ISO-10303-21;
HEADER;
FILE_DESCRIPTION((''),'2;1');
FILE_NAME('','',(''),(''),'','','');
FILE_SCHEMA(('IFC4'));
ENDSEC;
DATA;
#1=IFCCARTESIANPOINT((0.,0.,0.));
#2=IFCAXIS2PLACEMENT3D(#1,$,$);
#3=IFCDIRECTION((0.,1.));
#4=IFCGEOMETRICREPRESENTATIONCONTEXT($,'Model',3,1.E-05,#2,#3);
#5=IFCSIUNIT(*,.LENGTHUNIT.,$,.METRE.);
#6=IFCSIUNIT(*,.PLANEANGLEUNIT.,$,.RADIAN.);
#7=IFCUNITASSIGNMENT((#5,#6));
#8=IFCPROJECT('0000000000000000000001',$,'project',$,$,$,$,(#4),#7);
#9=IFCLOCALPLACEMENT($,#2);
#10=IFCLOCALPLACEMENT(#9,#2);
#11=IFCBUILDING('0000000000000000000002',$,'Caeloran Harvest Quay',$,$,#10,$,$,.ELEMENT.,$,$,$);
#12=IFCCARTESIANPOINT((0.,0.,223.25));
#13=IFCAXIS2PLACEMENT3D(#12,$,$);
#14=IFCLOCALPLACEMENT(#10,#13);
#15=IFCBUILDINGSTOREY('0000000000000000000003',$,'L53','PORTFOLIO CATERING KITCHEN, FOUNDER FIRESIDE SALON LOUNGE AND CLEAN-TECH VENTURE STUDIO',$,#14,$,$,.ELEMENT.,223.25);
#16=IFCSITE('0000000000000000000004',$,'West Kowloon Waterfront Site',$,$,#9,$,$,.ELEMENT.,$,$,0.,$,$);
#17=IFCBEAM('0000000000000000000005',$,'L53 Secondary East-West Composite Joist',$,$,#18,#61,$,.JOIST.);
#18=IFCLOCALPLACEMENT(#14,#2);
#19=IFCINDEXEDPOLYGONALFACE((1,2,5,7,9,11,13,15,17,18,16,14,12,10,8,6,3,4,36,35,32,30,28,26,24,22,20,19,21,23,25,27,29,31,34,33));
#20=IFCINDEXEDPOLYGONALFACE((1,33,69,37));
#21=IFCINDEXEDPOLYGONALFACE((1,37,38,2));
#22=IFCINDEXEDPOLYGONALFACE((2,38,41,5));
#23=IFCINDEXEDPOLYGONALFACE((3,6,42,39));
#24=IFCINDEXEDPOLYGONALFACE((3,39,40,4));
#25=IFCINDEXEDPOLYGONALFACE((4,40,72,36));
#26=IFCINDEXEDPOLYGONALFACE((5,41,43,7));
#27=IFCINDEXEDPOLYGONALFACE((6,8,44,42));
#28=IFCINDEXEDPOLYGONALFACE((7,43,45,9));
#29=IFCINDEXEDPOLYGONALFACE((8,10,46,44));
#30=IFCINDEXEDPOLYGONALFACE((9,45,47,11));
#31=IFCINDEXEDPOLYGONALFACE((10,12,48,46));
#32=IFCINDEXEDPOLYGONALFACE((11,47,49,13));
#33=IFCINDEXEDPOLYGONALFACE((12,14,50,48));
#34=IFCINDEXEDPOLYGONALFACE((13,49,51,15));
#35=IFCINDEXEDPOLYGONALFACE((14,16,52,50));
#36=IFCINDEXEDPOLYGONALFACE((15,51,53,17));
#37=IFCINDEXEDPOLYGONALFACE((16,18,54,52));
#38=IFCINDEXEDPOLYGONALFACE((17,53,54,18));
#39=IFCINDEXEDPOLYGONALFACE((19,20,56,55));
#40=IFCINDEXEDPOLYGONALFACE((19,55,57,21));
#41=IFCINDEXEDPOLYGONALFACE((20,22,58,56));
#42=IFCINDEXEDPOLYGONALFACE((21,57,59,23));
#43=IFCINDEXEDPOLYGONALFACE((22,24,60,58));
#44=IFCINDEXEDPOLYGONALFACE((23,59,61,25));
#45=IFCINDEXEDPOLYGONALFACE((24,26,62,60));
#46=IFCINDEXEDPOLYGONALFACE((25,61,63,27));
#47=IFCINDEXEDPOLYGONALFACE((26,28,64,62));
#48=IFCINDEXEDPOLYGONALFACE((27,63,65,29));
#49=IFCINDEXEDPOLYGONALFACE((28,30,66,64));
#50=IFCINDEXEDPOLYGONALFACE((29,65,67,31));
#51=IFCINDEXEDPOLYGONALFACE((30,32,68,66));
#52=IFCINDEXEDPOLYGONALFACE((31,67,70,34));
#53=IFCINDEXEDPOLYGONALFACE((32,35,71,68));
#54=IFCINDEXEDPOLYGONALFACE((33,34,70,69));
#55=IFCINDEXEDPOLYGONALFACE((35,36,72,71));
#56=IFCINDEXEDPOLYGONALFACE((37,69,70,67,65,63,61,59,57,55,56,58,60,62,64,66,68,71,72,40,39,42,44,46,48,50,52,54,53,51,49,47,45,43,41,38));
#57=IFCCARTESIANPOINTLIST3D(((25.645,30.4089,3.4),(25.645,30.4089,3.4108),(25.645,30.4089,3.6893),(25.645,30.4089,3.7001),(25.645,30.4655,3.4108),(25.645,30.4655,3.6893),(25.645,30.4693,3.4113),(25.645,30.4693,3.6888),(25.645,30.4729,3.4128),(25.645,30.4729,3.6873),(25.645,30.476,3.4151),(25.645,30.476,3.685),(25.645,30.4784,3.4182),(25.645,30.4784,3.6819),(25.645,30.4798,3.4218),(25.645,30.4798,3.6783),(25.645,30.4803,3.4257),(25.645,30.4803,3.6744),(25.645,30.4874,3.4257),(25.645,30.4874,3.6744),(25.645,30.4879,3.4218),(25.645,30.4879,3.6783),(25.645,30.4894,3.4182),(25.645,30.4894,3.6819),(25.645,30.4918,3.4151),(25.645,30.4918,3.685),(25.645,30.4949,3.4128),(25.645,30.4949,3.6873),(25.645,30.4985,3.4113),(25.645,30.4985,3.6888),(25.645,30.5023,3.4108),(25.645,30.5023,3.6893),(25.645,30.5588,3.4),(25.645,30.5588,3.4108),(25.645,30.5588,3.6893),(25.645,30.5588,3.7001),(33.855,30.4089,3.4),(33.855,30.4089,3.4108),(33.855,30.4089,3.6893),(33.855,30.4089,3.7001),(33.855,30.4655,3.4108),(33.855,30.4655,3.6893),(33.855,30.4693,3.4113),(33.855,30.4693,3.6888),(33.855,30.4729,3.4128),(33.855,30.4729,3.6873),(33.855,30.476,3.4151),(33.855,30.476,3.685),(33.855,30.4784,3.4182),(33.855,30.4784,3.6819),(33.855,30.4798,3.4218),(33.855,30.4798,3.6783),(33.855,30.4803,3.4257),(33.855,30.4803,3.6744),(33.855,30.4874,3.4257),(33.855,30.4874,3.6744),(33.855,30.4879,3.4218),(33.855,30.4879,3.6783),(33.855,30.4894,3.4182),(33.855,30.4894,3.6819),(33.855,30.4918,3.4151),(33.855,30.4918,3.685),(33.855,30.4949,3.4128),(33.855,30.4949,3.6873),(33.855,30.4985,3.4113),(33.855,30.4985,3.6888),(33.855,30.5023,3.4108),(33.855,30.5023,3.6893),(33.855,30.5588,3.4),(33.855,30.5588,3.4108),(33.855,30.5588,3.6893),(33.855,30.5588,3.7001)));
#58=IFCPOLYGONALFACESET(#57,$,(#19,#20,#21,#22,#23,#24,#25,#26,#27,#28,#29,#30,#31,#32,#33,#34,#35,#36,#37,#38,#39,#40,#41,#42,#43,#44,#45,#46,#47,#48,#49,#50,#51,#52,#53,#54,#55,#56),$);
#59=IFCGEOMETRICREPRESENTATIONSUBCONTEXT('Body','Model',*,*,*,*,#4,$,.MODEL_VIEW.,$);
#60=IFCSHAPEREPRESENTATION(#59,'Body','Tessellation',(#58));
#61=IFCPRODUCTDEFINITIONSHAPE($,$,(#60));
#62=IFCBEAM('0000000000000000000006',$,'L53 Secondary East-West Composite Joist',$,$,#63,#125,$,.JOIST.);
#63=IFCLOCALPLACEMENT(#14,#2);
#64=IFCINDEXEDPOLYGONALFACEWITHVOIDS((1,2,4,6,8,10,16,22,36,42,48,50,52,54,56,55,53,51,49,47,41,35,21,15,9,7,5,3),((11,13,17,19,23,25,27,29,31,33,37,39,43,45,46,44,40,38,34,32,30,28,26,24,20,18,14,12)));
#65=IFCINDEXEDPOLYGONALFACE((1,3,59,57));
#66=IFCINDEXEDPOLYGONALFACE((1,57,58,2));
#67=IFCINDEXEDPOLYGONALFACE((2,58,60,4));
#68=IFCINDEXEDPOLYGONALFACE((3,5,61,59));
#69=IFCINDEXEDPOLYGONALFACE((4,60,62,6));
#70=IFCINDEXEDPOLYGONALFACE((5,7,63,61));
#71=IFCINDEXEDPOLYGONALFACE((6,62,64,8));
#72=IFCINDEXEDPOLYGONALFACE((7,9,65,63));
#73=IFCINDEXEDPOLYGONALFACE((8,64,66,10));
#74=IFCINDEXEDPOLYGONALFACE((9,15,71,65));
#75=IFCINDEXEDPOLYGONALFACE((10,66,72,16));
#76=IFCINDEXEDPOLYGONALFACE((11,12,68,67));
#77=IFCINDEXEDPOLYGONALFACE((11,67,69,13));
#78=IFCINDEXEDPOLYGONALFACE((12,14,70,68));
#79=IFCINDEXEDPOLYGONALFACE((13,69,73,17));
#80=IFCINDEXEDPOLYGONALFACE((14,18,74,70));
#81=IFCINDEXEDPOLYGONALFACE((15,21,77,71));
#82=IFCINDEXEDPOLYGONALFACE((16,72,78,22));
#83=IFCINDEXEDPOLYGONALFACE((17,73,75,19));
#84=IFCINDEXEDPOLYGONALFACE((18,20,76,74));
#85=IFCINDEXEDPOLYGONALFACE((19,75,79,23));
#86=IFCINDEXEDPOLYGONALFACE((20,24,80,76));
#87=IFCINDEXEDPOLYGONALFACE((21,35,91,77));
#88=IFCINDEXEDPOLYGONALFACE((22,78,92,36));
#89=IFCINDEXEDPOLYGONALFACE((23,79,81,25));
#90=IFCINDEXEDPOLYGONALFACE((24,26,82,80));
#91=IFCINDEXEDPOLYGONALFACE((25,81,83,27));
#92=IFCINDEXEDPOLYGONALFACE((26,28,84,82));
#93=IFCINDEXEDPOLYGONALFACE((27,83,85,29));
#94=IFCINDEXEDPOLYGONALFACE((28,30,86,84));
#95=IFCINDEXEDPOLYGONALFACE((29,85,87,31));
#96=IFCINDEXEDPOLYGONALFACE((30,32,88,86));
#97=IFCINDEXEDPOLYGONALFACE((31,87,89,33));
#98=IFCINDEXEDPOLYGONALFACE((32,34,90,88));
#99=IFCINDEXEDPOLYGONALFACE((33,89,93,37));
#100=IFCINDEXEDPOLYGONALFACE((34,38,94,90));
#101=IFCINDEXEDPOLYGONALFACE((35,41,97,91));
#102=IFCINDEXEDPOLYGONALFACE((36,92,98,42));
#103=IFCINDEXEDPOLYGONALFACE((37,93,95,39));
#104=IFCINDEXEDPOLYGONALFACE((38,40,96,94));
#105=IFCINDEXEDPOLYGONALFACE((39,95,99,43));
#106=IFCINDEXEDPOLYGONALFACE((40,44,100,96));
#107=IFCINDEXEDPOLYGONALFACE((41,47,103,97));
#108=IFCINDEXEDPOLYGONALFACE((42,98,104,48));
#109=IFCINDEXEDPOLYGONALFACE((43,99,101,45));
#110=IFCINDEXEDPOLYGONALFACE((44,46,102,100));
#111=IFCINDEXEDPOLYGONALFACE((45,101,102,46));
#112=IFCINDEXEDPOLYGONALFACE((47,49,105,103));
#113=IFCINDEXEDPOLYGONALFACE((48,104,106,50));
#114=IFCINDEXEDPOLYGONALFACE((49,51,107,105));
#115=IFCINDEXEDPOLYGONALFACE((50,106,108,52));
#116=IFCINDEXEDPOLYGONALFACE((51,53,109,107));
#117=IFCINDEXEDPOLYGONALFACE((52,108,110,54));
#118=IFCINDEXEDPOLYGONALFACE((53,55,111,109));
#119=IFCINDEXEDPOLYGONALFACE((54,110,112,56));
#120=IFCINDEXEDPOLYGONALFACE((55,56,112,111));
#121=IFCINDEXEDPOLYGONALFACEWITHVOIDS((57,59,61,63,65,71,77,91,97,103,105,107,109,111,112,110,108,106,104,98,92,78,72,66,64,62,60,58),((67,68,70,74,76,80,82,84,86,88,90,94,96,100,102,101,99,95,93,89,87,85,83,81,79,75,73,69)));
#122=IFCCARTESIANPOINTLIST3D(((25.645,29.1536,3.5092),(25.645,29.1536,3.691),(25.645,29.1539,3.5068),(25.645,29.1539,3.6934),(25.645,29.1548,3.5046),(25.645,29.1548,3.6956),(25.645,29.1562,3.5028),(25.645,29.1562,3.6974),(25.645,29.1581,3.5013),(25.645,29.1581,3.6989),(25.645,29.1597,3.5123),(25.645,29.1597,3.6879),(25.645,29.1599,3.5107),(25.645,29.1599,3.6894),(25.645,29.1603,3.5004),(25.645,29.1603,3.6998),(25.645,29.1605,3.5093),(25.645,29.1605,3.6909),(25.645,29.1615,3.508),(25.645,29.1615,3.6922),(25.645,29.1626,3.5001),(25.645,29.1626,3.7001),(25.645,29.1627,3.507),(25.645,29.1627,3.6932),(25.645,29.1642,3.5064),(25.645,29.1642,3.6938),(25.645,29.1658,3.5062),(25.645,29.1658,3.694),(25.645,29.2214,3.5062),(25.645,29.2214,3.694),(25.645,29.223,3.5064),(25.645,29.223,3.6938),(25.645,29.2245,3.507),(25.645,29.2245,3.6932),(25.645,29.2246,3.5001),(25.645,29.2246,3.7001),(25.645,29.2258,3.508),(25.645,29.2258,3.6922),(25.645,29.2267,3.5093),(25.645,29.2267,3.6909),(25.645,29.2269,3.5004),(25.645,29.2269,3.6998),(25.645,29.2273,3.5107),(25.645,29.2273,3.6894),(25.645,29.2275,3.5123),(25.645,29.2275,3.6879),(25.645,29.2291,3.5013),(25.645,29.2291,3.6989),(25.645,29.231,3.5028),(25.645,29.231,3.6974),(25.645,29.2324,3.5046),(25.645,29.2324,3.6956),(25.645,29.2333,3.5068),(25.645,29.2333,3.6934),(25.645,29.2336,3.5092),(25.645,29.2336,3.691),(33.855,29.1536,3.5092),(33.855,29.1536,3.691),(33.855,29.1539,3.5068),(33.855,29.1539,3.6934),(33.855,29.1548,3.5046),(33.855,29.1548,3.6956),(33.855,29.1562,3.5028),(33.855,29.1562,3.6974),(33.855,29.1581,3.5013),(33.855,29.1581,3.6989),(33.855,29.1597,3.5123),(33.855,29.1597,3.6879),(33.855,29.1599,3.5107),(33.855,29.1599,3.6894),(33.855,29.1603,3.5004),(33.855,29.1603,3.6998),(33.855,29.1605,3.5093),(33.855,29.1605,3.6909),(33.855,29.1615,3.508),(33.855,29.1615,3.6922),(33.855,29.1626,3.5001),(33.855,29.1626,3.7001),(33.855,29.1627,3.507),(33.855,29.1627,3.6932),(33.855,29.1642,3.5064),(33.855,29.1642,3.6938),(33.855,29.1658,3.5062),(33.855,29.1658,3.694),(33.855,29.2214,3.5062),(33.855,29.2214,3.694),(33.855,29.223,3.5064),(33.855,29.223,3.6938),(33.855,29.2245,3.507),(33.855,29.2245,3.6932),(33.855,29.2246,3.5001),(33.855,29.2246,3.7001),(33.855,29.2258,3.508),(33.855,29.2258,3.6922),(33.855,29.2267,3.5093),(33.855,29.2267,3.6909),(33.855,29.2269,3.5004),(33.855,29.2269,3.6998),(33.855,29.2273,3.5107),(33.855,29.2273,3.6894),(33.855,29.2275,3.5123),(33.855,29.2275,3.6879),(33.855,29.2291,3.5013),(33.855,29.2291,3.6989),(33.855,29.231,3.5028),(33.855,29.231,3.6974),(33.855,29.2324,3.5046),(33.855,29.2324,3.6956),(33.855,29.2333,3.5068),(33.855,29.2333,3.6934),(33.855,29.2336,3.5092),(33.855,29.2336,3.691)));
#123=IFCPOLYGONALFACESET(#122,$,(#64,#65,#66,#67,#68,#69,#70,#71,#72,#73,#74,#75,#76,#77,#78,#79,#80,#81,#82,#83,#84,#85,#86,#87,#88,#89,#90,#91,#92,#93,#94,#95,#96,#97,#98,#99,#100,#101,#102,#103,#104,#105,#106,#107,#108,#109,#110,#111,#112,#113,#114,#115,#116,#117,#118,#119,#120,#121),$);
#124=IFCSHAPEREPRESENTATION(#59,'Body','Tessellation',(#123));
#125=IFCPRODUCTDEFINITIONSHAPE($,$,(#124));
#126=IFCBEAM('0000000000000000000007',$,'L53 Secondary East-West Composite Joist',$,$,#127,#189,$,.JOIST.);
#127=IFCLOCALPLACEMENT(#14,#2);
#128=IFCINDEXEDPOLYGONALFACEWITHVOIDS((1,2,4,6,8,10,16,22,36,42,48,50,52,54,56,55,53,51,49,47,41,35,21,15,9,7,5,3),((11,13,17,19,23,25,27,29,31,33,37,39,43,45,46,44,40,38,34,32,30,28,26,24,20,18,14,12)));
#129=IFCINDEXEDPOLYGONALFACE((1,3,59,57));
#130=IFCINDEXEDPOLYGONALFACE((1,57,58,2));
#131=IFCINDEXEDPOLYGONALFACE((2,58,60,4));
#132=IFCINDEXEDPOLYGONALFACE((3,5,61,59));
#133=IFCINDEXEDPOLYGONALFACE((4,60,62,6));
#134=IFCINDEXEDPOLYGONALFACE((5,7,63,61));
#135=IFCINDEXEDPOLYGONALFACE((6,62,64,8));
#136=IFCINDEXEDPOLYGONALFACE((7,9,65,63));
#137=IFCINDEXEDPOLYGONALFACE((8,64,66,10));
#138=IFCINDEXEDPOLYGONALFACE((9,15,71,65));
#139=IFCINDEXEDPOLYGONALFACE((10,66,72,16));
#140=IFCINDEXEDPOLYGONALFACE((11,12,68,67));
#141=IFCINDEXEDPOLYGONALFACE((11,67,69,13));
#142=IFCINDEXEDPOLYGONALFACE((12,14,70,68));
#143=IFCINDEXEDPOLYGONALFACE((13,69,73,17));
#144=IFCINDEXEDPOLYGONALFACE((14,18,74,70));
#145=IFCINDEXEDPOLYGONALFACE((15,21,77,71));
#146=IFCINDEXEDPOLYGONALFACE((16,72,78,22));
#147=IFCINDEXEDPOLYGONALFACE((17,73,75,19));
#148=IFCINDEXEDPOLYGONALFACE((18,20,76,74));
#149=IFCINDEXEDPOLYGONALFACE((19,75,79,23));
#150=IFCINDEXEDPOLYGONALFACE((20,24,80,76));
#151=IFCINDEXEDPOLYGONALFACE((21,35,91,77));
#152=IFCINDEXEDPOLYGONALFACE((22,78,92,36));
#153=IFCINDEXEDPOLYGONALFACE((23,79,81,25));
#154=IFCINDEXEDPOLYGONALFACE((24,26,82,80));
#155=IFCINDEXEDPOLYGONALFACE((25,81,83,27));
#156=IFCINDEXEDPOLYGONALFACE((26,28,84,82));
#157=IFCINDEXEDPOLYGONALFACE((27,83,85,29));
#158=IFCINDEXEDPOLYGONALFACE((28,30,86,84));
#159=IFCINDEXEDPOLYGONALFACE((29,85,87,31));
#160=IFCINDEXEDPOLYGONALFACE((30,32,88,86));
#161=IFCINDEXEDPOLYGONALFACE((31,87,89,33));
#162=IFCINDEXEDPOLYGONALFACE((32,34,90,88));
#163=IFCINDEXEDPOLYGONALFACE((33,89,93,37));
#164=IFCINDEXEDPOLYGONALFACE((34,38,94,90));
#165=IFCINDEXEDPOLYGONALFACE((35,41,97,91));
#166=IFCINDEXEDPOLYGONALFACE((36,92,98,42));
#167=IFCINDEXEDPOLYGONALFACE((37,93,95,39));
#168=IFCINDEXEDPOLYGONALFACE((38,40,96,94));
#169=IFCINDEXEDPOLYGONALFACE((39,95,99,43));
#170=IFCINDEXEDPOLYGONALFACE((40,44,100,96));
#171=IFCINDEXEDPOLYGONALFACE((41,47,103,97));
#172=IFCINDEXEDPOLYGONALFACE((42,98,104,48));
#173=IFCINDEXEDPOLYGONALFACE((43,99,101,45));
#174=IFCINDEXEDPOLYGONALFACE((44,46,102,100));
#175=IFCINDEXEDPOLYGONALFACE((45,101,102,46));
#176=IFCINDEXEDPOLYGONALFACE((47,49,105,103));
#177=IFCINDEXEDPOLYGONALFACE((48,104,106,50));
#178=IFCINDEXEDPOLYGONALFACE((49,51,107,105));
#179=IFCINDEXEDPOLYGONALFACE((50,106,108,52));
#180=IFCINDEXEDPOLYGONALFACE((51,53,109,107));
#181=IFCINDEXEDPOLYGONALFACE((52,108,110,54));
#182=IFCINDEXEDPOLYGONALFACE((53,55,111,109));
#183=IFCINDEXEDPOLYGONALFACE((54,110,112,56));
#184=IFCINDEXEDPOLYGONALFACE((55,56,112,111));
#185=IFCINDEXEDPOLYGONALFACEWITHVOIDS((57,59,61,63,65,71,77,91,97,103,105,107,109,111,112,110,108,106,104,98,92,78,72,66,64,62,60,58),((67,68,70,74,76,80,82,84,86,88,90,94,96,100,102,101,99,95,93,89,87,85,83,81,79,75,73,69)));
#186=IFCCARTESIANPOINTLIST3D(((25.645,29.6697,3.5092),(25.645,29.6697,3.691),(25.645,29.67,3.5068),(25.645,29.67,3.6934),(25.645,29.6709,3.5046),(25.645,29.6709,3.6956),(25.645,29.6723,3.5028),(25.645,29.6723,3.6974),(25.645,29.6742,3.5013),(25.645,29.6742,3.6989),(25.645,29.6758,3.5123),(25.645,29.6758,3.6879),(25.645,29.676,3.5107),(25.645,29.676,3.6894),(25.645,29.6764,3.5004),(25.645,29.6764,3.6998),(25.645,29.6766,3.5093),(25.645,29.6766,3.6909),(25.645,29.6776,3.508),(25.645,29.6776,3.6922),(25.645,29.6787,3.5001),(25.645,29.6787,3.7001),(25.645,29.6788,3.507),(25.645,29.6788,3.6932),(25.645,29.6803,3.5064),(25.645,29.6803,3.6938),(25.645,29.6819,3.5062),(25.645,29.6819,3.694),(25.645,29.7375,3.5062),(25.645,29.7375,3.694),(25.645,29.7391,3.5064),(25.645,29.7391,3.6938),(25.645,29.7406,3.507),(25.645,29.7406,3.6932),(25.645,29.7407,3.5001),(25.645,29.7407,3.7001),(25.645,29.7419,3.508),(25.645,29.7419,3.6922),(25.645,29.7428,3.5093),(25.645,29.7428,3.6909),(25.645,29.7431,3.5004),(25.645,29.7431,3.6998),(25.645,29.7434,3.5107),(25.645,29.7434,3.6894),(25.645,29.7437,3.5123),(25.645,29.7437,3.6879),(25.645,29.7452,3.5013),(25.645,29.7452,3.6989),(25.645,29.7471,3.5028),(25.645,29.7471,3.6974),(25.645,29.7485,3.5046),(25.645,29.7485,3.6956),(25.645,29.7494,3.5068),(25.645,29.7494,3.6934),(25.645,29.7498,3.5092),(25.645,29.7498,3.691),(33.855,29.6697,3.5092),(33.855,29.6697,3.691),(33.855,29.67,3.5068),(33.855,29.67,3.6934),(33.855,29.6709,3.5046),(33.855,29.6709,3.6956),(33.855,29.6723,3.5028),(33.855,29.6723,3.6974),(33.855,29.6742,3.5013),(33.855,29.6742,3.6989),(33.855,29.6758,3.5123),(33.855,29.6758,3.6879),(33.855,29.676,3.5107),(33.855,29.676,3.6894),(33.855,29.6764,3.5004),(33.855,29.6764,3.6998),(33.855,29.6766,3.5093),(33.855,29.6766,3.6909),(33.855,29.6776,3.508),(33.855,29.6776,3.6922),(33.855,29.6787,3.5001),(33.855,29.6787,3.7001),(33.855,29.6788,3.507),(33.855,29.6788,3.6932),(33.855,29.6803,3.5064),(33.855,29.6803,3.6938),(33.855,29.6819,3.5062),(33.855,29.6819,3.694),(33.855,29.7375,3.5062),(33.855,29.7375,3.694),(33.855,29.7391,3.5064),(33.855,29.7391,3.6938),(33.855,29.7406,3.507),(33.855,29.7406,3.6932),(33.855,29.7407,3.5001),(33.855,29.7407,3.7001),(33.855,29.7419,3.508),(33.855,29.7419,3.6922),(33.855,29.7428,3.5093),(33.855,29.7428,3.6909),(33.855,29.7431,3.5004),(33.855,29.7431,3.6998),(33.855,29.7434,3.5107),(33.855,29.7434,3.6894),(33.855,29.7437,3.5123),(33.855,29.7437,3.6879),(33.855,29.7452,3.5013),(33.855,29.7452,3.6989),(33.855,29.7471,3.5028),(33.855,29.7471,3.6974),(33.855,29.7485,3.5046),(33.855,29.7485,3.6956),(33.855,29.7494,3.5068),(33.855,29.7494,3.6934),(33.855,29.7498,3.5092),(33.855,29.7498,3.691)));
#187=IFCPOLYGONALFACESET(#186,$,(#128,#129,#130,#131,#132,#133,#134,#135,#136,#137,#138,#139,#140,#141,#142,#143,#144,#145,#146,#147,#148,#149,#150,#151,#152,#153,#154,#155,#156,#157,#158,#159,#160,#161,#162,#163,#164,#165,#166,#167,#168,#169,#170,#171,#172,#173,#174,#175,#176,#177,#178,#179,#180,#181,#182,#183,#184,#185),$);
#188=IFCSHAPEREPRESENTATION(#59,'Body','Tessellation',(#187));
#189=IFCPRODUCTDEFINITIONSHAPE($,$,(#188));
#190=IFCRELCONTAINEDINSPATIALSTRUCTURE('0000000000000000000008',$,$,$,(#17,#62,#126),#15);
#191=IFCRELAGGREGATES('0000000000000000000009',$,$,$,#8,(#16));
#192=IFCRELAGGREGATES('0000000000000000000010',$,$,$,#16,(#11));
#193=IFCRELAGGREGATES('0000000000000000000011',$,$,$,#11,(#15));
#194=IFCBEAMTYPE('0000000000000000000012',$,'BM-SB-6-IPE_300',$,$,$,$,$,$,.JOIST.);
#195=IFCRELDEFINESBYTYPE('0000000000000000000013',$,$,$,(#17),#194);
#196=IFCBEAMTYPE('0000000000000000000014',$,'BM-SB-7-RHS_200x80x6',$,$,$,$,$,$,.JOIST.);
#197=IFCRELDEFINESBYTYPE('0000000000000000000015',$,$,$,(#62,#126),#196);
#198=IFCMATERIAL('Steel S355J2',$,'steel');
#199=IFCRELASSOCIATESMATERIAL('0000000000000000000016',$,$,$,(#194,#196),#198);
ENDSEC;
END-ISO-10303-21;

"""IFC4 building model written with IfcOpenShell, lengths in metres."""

from ifc_helpers import new_model, si_unit, direction, frame, origin, origin_2d, place, context, subcontext, project, spatial, hollow_rectangle, i_section, extrude, material, material_profile, profile_set, type_object, element, save


model = new_model("IFC4")

# Units and contexts
model_context = context("Model", 3, precision=1e-05, world=origin(), true_north=direction((0.0, 1.0)))
body_context = subcontext(model_context, "Body", "Model", "MODEL_VIEW")
ifc_project = project(units=[si_unit("LENGTHUNIT", "METRE"), si_unit("PLANEANGLEUNIT", "RADIAN")], contexts=[model_context])

# Site, building, storey
site_placement = place(None, origin())
site = spatial("IfcSite", under=ifc_project, at=site_placement, Name="West Kowloon Waterfront Site", CompositionType="ELEMENT", RefElevation=0.0)
building_placement = place(site_placement, origin())
building = spatial("IfcBuilding", under=site, at=building_placement, Name="Caeloran Harvest Quay", CompositionType="ELEMENT")
storey_placement = place(building_placement, frame((0.0, 0.0, 223.25)))
storey = spatial("IfcBuildingStorey", under=building, at=storey_placement, Name="L53", Description="PORTFOLIO CATERING KITCHEN, FOUNDER FIRESIDE SALON LOUNGE AND CLEAN-TECH VENTURE STUDIO", CompositionType="ELEMENT", Elevation=223.25)

# Beams
ifc_material_1 = material(Name="Steel S355J2", Category="steel")
ifc_material_profile_1 = material_profile(ifc_material_1, i_section(OverallWidth=0.1499, OverallDepth=0.3, WebThickness=0.0071, FlangeThickness=0.0107, FilletRadius=0.0149, at=origin_2d()), Name="IPE 300")
ifc_profile_set_1 = profile_set([ifc_material_profile_1], Name="Steel S355J2")
beam_type_1 = type_object("IfcBeamType", Name="BM-SB-6-IPE_300", PredefinedType="JOIST", material=ifc_profile_set_1)
for number, where, z_axis, x_axis, name in (
    (1, (25.645, 30.4839, 3.55), (1.0, 0.0, 0.0), (0.0, 1.0, 0.0), "L53 Secondary East-West Composite Joist"),
):
    element("IfcBeam", number, at=place(storey_placement, frame(where, z_axis=z_axis, x_axis=x_axis)), inside=storey, type_object=beam_type_1, Name=name, PredefinedType="JOIST", context=body_context, shape_type="SweptSolid", body=[
        extrude(i_section(OverallWidth=0.1499, OverallDepth=0.3, WebThickness=0.0071, FlangeThickness=0.0107, FilletRadius=0.0149, at=origin_2d()), origin(), (0.0, 0.0, 1.0), 8.21),
    ])
ifc_material_profile_2 = material_profile(ifc_material_1, hollow_rectangle(XDim=0.0801, YDim=0.2, WallThickness=0.0061, InnerFilletRadius=0.0061, OuterFilletRadius=0.009, at=origin_2d()), Name="RHS 200x80x6")
ifc_profile_set_2 = profile_set([ifc_material_profile_2], Name="Steel S355J2")
beam_type_2 = type_object("IfcBeamType", Name="BM-SB-7-RHS_200x80x6", PredefinedType="JOIST", material=ifc_profile_set_2)
for number, where, z_axis, x_axis, name in (
    (2, (25.645, 29.1936, 3.6001), (1.0, 0.0, 0.0), (0.0, 1.0, 0.0), "L53 Secondary East-West Composite Joist"),
    (3, (25.645, 29.7097, 3.6001), (1.0, 0.0, 0.0), (0.0, 1.0, 0.0), "L53 Secondary East-West Composite Joist"),
):
    element("IfcBeam", number, at=place(storey_placement, frame(where, z_axis=z_axis, x_axis=x_axis)), inside=storey, type_object=beam_type_2, Name=name, PredefinedType="JOIST", context=body_context, shape_type="SweptSolid", body=[
        extrude(hollow_rectangle(XDim=0.0801, YDim=0.2, WallThickness=0.0061, InnerFilletRadius=0.0061, OuterFilletRadius=0.009, at=origin_2d()), origin(), (0.0, 0.0, 1.0), 8.21),
    ])

save(model, "model.ifc")
